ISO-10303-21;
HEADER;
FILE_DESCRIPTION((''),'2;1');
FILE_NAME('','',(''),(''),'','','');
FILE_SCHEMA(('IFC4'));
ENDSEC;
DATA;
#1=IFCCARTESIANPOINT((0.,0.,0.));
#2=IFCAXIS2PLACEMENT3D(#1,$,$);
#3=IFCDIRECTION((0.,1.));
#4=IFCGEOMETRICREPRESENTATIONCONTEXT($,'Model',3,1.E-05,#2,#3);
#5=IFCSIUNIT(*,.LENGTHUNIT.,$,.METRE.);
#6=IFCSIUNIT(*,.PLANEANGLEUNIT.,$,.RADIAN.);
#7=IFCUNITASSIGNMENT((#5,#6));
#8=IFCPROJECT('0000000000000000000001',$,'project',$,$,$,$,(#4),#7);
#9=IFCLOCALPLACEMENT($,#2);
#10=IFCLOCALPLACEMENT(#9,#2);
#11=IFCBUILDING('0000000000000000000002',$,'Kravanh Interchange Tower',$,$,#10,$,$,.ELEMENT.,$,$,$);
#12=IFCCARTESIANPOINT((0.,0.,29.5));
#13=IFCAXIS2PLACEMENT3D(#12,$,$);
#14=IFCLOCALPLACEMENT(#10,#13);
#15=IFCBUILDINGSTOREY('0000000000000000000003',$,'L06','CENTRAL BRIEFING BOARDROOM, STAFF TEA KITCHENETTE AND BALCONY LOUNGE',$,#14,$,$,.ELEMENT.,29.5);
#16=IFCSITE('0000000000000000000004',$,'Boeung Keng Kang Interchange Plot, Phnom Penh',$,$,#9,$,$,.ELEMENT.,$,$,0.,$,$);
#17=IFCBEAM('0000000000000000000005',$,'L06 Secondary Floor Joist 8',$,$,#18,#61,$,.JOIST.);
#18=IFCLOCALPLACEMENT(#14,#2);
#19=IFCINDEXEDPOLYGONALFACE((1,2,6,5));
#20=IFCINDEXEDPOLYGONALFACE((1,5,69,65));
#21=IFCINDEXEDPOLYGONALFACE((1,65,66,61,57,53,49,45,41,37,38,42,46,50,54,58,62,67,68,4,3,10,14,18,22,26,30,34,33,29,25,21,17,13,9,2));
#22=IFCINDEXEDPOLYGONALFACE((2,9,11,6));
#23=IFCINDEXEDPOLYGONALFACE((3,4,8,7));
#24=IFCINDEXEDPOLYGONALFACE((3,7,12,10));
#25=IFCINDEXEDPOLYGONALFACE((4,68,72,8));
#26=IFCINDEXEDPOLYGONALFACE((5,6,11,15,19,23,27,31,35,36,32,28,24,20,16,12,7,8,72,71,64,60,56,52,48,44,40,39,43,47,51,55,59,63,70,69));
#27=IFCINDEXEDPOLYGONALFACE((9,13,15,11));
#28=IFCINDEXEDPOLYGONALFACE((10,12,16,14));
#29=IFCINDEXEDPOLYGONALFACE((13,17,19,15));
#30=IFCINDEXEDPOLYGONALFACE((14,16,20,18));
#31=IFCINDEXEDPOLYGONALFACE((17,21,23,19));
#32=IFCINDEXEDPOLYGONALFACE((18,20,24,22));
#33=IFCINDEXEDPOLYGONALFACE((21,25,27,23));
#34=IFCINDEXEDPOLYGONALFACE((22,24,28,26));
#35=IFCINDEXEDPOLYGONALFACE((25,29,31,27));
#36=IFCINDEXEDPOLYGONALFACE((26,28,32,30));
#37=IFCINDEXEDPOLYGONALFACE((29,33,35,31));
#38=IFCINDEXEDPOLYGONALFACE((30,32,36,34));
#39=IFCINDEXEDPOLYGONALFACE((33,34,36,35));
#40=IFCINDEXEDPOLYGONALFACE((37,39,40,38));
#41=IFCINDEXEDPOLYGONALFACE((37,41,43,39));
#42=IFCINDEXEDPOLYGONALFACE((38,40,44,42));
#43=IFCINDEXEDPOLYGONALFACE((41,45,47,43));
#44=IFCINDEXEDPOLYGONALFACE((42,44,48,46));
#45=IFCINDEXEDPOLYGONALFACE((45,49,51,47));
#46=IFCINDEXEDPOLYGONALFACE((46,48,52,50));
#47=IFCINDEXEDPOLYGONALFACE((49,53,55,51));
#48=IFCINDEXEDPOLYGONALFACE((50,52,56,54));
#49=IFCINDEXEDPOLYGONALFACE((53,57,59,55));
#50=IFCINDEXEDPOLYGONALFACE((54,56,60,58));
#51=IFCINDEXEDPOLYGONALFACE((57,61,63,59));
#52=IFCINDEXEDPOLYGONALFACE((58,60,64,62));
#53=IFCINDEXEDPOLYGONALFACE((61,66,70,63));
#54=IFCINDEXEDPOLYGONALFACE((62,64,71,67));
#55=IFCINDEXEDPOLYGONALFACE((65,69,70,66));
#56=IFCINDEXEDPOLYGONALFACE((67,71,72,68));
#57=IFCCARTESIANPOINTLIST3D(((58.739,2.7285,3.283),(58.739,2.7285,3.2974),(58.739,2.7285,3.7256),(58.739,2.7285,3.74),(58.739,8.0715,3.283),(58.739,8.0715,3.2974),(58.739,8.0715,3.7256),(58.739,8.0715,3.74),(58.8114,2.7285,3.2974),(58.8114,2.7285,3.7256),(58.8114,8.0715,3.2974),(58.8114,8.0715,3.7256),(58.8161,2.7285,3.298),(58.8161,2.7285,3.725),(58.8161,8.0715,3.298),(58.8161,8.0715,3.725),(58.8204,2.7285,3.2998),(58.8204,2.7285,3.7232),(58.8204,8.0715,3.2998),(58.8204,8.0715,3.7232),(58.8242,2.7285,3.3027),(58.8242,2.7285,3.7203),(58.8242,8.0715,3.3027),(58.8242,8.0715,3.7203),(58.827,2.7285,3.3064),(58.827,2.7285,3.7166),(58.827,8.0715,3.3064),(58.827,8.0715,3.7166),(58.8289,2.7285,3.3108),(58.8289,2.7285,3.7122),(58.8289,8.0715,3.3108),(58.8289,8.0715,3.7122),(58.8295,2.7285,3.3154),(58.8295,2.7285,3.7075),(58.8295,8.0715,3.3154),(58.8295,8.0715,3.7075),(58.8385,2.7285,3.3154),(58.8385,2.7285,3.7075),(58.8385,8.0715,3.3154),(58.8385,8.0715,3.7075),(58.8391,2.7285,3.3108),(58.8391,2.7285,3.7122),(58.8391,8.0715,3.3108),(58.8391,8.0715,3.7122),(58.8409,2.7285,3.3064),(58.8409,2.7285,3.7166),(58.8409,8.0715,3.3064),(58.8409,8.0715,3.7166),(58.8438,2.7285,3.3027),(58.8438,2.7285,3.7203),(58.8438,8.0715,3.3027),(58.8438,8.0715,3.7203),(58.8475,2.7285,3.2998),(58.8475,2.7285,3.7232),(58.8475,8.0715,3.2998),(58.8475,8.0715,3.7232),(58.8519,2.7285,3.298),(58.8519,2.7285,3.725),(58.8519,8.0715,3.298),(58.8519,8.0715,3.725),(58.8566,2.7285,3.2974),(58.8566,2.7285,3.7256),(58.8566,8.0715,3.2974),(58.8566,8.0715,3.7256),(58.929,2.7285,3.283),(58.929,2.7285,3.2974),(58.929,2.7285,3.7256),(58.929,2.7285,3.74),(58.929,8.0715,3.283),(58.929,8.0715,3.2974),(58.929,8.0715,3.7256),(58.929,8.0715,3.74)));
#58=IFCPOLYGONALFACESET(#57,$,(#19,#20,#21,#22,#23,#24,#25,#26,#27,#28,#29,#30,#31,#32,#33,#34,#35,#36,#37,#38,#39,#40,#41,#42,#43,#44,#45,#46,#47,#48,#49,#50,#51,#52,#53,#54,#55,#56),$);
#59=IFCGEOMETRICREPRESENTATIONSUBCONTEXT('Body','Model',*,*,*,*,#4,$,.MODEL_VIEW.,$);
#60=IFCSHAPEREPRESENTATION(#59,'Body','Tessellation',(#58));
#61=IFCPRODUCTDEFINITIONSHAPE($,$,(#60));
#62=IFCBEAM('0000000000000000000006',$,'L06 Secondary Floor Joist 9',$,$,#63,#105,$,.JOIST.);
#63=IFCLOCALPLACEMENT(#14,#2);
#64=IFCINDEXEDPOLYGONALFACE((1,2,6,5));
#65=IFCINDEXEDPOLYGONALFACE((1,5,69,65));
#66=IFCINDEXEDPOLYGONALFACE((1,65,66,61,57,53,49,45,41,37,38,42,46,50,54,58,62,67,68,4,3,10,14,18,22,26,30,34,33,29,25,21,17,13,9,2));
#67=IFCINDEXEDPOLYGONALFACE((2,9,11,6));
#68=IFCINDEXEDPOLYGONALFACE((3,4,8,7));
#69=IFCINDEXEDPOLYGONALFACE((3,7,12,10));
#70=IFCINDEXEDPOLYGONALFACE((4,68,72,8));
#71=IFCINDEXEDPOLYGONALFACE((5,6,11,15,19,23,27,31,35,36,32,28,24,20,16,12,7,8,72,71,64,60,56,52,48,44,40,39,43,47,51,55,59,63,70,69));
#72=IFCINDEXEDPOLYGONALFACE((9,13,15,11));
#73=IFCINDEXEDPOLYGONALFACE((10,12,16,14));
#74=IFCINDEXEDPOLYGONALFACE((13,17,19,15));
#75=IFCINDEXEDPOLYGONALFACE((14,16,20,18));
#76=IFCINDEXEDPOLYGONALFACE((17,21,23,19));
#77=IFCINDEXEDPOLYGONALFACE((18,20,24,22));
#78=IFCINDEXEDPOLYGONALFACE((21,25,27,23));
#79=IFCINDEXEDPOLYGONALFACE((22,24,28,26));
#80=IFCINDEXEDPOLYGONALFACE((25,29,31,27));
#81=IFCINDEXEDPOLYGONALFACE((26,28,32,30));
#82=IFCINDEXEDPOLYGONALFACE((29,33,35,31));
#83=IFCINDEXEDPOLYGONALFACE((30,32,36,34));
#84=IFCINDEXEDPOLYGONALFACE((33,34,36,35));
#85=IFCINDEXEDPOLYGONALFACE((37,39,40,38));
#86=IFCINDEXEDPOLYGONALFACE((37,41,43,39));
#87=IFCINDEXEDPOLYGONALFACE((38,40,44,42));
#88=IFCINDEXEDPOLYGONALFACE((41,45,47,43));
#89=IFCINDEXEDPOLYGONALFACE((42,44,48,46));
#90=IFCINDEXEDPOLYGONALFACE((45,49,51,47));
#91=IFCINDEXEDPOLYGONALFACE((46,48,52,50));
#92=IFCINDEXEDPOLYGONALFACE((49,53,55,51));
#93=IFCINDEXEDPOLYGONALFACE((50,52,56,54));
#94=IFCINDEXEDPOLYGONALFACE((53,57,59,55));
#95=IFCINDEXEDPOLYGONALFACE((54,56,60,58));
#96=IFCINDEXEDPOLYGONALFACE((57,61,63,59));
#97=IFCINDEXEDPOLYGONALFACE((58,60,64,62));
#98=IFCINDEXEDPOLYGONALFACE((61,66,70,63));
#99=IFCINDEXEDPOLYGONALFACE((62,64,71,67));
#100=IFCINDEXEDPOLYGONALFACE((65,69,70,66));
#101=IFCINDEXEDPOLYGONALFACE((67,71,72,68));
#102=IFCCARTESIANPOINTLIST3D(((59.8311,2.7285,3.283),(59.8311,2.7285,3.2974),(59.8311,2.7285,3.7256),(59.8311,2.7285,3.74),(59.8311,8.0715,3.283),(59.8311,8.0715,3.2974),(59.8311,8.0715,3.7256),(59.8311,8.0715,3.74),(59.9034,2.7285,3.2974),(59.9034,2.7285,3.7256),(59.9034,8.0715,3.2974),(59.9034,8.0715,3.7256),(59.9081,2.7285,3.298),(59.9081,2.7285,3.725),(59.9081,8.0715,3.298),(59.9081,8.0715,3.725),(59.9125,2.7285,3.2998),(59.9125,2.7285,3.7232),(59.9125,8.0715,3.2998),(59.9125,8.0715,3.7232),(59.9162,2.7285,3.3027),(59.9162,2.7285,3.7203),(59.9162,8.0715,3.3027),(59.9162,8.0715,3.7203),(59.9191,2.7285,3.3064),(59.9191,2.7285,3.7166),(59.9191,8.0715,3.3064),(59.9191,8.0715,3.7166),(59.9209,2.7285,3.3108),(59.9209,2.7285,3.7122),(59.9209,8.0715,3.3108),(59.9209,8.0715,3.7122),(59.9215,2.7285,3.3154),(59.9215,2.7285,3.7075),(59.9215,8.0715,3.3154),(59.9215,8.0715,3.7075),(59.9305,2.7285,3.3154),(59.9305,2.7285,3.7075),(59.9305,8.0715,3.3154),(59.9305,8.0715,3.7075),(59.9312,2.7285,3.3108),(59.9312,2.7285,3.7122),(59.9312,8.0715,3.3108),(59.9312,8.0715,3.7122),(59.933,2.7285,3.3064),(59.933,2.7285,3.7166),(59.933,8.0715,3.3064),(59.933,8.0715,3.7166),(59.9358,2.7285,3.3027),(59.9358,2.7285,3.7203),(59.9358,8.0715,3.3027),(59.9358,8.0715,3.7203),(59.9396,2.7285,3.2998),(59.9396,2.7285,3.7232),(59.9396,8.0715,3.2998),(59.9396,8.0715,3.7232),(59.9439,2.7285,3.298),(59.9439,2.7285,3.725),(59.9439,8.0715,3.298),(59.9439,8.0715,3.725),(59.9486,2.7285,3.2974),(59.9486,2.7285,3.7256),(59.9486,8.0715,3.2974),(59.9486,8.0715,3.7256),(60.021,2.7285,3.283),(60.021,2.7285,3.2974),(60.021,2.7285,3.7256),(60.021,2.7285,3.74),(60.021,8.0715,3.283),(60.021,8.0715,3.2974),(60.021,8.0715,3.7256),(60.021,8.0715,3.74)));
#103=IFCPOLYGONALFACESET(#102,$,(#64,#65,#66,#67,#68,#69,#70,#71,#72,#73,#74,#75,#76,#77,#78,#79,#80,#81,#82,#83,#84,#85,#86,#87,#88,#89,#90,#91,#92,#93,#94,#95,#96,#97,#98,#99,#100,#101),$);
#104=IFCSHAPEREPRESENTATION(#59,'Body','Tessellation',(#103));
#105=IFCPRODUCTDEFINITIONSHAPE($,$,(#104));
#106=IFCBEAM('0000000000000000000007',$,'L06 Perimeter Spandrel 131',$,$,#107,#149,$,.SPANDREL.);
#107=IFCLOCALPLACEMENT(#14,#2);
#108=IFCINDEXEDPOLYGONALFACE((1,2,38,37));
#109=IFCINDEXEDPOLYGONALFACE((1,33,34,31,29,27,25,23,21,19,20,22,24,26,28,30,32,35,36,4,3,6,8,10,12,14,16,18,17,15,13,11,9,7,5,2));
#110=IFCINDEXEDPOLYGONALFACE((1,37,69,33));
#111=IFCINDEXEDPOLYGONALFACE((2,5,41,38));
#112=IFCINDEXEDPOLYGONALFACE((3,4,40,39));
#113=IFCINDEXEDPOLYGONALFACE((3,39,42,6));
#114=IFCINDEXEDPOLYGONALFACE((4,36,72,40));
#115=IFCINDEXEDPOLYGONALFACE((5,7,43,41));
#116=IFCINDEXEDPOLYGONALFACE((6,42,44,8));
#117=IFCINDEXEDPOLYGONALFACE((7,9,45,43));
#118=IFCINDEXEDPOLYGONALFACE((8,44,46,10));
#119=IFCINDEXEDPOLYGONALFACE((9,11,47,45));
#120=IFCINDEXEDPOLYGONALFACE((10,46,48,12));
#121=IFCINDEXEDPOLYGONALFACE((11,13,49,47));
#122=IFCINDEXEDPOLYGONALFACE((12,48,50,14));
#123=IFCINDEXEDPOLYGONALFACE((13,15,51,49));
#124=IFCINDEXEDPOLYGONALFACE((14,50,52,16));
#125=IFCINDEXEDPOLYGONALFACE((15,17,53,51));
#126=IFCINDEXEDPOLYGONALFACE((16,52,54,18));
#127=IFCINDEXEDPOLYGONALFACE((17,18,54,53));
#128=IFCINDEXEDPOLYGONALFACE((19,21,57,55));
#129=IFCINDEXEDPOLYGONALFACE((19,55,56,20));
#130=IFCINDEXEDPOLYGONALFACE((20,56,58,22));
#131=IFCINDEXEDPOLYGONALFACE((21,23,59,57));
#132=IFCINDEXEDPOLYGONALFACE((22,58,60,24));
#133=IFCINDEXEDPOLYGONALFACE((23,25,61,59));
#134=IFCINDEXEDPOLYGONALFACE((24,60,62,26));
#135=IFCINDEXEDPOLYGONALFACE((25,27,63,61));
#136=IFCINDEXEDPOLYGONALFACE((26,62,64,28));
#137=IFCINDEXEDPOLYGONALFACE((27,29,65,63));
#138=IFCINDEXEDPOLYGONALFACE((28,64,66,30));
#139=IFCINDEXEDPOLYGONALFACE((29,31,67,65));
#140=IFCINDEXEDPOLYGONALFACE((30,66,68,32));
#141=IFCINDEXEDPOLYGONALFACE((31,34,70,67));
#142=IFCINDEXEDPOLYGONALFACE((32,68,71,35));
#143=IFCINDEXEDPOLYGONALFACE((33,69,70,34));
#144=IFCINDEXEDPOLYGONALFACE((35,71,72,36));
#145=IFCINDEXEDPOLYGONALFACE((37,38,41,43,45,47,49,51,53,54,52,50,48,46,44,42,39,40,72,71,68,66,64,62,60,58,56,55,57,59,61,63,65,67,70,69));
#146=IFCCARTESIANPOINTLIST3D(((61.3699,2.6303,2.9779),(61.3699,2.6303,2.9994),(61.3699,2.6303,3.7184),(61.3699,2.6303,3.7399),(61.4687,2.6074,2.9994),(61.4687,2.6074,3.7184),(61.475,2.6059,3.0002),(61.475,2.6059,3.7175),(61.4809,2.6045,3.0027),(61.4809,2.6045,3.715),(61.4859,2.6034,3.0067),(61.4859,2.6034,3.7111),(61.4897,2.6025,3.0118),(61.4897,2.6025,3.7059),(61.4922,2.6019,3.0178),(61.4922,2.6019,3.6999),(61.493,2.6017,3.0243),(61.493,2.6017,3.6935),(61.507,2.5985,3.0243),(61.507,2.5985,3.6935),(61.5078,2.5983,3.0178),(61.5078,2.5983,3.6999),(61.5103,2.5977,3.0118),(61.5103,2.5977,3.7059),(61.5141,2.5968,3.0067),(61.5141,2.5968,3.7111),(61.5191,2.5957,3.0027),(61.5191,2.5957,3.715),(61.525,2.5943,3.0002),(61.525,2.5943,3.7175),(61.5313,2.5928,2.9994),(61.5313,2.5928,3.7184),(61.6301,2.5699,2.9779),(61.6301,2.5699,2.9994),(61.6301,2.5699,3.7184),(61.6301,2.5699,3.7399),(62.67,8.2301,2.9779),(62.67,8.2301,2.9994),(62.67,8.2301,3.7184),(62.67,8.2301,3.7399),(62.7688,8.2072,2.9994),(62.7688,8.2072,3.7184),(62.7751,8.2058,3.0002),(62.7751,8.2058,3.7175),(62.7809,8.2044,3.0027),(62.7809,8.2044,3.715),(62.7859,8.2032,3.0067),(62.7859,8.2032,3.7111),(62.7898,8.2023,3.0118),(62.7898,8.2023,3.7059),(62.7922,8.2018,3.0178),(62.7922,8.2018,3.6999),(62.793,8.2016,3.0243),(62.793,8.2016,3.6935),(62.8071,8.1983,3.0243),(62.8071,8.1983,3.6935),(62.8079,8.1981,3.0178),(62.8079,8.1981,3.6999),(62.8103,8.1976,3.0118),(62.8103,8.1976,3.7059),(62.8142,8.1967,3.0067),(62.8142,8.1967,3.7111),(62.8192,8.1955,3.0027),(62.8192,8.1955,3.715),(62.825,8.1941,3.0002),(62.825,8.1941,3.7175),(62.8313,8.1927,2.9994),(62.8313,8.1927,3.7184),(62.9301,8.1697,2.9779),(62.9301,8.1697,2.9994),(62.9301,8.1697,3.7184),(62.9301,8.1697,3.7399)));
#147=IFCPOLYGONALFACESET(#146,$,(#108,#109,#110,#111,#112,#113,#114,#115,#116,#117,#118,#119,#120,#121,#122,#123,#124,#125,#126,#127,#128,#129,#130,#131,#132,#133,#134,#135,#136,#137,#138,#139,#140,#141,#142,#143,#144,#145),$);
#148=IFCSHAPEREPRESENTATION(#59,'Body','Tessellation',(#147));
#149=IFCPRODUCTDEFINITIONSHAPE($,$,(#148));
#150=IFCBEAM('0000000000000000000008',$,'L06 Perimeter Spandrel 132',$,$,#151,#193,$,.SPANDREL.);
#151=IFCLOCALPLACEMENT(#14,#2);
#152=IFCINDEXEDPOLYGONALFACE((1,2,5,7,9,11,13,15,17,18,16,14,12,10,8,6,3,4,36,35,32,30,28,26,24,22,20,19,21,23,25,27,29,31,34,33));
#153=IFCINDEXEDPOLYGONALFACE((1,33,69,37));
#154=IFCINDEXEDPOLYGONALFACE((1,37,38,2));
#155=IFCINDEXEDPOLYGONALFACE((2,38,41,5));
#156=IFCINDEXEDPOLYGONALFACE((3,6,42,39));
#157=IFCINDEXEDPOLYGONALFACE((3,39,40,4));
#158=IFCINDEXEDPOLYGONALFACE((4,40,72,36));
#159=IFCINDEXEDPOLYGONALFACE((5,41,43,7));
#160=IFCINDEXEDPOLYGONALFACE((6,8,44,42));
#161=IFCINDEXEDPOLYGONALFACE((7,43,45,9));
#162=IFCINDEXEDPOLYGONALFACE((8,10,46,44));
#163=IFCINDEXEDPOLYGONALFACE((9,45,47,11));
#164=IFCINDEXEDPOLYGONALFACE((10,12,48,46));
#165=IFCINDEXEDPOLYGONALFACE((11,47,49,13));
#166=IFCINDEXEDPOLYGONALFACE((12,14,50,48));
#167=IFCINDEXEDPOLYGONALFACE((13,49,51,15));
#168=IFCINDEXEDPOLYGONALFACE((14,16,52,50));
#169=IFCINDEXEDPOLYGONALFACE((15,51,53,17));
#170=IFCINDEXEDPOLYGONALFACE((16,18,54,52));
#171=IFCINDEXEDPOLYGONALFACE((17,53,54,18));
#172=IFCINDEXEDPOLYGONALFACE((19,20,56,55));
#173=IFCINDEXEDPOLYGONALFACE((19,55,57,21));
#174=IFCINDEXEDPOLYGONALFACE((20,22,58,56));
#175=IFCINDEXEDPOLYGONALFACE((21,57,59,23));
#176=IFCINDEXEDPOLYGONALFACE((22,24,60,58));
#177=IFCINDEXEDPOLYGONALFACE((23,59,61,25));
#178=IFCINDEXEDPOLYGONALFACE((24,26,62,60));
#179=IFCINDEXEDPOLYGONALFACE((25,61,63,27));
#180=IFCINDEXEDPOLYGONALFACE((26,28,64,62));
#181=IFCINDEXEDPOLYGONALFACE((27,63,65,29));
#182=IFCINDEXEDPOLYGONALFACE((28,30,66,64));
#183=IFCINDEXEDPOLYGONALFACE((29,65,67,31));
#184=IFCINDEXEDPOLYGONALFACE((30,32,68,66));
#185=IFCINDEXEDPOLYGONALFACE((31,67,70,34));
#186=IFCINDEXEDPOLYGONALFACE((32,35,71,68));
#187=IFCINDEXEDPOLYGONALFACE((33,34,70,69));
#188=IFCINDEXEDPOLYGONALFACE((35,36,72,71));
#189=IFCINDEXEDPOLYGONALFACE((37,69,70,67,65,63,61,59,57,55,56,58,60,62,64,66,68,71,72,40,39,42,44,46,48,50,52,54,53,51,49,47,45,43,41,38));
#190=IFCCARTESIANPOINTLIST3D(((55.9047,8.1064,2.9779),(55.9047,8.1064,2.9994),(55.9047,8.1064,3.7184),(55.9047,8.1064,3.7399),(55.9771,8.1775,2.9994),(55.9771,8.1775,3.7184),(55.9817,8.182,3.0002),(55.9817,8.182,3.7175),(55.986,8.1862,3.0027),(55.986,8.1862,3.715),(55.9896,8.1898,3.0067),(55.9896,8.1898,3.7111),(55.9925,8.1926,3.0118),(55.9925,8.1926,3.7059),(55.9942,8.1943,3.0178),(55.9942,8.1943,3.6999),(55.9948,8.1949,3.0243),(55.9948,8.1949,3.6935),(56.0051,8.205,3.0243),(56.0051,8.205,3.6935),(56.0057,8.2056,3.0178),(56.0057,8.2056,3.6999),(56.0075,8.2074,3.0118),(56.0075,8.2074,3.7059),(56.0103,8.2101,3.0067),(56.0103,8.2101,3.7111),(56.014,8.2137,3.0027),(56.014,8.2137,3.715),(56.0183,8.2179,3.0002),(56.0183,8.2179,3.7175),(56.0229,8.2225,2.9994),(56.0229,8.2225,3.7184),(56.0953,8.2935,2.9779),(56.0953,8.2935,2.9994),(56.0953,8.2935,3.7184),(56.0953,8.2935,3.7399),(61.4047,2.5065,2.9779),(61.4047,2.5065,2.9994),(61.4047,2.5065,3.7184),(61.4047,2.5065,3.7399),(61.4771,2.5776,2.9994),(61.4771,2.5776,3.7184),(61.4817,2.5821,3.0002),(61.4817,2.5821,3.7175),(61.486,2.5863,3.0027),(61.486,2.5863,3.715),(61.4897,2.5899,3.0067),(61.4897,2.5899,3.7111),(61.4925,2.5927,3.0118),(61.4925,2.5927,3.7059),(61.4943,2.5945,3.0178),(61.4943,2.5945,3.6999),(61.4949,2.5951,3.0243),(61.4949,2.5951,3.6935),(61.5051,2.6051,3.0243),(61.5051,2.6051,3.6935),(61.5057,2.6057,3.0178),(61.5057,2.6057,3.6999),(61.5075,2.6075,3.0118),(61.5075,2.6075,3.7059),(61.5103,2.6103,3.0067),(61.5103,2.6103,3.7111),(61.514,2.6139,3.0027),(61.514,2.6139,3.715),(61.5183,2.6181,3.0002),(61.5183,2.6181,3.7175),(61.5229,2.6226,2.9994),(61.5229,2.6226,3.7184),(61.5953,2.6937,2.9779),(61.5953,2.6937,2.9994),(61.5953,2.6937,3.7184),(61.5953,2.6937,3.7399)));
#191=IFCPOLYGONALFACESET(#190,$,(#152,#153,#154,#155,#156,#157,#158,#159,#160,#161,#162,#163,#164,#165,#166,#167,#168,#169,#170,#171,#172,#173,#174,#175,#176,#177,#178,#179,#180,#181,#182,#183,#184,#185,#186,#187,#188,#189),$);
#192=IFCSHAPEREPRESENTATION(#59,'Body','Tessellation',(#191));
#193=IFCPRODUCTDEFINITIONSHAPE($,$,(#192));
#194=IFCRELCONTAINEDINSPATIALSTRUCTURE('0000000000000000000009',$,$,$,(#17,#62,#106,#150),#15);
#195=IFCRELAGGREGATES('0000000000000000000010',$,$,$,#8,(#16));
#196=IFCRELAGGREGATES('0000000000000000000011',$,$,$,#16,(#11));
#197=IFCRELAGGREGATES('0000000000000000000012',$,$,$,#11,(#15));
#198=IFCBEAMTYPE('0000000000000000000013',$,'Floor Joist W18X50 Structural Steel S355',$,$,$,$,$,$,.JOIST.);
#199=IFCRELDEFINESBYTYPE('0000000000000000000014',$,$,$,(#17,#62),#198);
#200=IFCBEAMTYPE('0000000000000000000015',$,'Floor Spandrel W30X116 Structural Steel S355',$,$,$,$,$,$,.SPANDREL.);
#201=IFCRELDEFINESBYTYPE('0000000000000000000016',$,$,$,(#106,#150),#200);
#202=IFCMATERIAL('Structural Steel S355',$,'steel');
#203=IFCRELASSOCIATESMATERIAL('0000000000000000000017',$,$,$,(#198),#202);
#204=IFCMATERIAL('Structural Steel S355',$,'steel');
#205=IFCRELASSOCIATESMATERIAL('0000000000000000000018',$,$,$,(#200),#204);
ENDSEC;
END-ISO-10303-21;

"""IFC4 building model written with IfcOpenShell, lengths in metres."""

from ifc_helpers import new_model, si_unit, direction, frame, origin, origin_2d, place, context, subcontext, project, spatial, i_section, extrude, material, material_profile, profile_set, type_object, element, save


model = new_model("IFC4")

# Units and contexts
model_context = context("Model", 3, precision=1e-05, world=origin(), true_north=direction((0.0, 1.0)))
body_context = subcontext(model_context, "Body", "Model", "MODEL_VIEW")
ifc_project = project(units=[si_unit("LENGTHUNIT", "METRE"), si_unit("PLANEANGLEUNIT", "RADIAN")], contexts=[model_context])

# Site, building, storey
site_placement = place(None, origin())
site = spatial("IfcSite", under=ifc_project, at=site_placement, Name="Boeung Keng Kang Interchange Plot, Phnom Penh", CompositionType="ELEMENT", RefElevation=0.0)
building_placement = place(site_placement, origin())
building = spatial("IfcBuilding", under=site, at=building_placement, Name="Kravanh Interchange Tower", CompositionType="ELEMENT")
storey_placement = place(building_placement, frame((0.0, 0.0, 29.5)))
storey = spatial("IfcBuildingStorey", under=building, at=storey_placement, Name="L06", Description="CENTRAL BRIEFING BOARDROOM, STAFF TEA KITCHENETTE AND BALCONY LOUNGE", CompositionType="ELEMENT", Elevation=29.5)

# Beams
ifc_material_1 = material(Name="Structural Steel S355", Category="steel")
ifc_material_profile_1 = material_profile(ifc_material_1, i_section(OverallWidth=0.1899, OverallDepth=0.457, WebThickness=0.009, FlangeThickness=0.0144, FilletRadius=0.0181, at=origin_2d()), Name="W18X50")
ifc_profile_set_1 = profile_set([ifc_material_profile_1], Name="Structural Steel S355")
beam_type_1 = type_object("IfcBeamType", Name="Floor Joist W18X50 Structural Steel S355", PredefinedType="JOIST", material=ifc_profile_set_1)
for number, where, z_axis, x_axis, name in (
    (1, (58.834, 2.7285, 3.5115), (0.0, 1.0, 0.0), (-1.0, 0.0, 0.0), "L06 Secondary Floor Joist 8"),
    (2, (59.926, 2.7285, 3.5115), (0.0, 1.0, 0.0), (-1.0, 0.0, 0.0), "L06 Secondary Floor Joist 9"),
):
    element("IfcBeam", number, at=place(storey_placement, frame(where, z_axis=z_axis, x_axis=x_axis)), inside=storey, type_object=beam_type_1, Name=name, PredefinedType="JOIST", context=body_context, shape_type="SweptSolid", body=[
        extrude(i_section(OverallWidth=0.1899, OverallDepth=0.457, WebThickness=0.009, FlangeThickness=0.0144, FilletRadius=0.0181, at=origin_2d()), origin(), (0.0, 0.0, 1.0), 5.343),
    ])
ifc_material_2 = material(Name="Structural Steel S355", Category="steel")
ifc_material_profile_2 = material_profile(ifc_material_2, i_section(OverallWidth=0.2671, OverallDepth=0.762, WebThickness=0.0144, FlangeThickness=0.0215, FilletRadius=0.0249, at=origin_2d()), Name="W30X116")
ifc_profile_set_2 = profile_set([ifc_material_profile_2], Name="Structural Steel S355")
beam_type_2 = type_object("IfcBeamType", Name="Floor Spandrel W30X116 Structural Steel S355", PredefinedType="SPANDREL", material=ifc_profile_set_2)
beam_1_placement = place(storey_placement, frame((61.5, 2.6001, 3.3589), z_axis=(0.226143, 0.974094, 0.0), x_axis=(-0.974094, 0.226143, 0.0)))
element("IfcBeam", 3, at=beam_1_placement, inside=storey, type_object=beam_type_2, Name="L06 Perimeter Spandrel 131", PredefinedType="SPANDREL", context=body_context, shape_type="SweptSolid", body=[
    extrude(i_section(OverallWidth=0.2671, OverallDepth=0.762, WebThickness=0.0144, FlangeThickness=0.0215, FilletRadius=0.0249, at=origin_2d()), origin(), (0.0, 0.0, 1.0), 5.7488),
])
beam_2_placement = place(storey_placement, frame((61.5, 2.6001, 3.3589), z_axis=(-0.700717, 0.713439, 0.0), x_axis=(-0.713439, -0.700717, 0.0)))
element("IfcBeam", 4, at=beam_2_placement, inside=storey, type_object=beam_type_2, Name="L06 Perimeter Spandrel 132", PredefinedType="SPANDREL", context=body_context, shape_type="SweptSolid", body=[
    extrude(i_section(OverallWidth=0.2671, OverallDepth=0.762, WebThickness=0.0144, FlangeThickness=0.0215, FilletRadius=0.0249, at=origin_2d()), origin(), (0.0, 0.0, 1.0), 7.8491),
])

save(model, "model.ifc")
